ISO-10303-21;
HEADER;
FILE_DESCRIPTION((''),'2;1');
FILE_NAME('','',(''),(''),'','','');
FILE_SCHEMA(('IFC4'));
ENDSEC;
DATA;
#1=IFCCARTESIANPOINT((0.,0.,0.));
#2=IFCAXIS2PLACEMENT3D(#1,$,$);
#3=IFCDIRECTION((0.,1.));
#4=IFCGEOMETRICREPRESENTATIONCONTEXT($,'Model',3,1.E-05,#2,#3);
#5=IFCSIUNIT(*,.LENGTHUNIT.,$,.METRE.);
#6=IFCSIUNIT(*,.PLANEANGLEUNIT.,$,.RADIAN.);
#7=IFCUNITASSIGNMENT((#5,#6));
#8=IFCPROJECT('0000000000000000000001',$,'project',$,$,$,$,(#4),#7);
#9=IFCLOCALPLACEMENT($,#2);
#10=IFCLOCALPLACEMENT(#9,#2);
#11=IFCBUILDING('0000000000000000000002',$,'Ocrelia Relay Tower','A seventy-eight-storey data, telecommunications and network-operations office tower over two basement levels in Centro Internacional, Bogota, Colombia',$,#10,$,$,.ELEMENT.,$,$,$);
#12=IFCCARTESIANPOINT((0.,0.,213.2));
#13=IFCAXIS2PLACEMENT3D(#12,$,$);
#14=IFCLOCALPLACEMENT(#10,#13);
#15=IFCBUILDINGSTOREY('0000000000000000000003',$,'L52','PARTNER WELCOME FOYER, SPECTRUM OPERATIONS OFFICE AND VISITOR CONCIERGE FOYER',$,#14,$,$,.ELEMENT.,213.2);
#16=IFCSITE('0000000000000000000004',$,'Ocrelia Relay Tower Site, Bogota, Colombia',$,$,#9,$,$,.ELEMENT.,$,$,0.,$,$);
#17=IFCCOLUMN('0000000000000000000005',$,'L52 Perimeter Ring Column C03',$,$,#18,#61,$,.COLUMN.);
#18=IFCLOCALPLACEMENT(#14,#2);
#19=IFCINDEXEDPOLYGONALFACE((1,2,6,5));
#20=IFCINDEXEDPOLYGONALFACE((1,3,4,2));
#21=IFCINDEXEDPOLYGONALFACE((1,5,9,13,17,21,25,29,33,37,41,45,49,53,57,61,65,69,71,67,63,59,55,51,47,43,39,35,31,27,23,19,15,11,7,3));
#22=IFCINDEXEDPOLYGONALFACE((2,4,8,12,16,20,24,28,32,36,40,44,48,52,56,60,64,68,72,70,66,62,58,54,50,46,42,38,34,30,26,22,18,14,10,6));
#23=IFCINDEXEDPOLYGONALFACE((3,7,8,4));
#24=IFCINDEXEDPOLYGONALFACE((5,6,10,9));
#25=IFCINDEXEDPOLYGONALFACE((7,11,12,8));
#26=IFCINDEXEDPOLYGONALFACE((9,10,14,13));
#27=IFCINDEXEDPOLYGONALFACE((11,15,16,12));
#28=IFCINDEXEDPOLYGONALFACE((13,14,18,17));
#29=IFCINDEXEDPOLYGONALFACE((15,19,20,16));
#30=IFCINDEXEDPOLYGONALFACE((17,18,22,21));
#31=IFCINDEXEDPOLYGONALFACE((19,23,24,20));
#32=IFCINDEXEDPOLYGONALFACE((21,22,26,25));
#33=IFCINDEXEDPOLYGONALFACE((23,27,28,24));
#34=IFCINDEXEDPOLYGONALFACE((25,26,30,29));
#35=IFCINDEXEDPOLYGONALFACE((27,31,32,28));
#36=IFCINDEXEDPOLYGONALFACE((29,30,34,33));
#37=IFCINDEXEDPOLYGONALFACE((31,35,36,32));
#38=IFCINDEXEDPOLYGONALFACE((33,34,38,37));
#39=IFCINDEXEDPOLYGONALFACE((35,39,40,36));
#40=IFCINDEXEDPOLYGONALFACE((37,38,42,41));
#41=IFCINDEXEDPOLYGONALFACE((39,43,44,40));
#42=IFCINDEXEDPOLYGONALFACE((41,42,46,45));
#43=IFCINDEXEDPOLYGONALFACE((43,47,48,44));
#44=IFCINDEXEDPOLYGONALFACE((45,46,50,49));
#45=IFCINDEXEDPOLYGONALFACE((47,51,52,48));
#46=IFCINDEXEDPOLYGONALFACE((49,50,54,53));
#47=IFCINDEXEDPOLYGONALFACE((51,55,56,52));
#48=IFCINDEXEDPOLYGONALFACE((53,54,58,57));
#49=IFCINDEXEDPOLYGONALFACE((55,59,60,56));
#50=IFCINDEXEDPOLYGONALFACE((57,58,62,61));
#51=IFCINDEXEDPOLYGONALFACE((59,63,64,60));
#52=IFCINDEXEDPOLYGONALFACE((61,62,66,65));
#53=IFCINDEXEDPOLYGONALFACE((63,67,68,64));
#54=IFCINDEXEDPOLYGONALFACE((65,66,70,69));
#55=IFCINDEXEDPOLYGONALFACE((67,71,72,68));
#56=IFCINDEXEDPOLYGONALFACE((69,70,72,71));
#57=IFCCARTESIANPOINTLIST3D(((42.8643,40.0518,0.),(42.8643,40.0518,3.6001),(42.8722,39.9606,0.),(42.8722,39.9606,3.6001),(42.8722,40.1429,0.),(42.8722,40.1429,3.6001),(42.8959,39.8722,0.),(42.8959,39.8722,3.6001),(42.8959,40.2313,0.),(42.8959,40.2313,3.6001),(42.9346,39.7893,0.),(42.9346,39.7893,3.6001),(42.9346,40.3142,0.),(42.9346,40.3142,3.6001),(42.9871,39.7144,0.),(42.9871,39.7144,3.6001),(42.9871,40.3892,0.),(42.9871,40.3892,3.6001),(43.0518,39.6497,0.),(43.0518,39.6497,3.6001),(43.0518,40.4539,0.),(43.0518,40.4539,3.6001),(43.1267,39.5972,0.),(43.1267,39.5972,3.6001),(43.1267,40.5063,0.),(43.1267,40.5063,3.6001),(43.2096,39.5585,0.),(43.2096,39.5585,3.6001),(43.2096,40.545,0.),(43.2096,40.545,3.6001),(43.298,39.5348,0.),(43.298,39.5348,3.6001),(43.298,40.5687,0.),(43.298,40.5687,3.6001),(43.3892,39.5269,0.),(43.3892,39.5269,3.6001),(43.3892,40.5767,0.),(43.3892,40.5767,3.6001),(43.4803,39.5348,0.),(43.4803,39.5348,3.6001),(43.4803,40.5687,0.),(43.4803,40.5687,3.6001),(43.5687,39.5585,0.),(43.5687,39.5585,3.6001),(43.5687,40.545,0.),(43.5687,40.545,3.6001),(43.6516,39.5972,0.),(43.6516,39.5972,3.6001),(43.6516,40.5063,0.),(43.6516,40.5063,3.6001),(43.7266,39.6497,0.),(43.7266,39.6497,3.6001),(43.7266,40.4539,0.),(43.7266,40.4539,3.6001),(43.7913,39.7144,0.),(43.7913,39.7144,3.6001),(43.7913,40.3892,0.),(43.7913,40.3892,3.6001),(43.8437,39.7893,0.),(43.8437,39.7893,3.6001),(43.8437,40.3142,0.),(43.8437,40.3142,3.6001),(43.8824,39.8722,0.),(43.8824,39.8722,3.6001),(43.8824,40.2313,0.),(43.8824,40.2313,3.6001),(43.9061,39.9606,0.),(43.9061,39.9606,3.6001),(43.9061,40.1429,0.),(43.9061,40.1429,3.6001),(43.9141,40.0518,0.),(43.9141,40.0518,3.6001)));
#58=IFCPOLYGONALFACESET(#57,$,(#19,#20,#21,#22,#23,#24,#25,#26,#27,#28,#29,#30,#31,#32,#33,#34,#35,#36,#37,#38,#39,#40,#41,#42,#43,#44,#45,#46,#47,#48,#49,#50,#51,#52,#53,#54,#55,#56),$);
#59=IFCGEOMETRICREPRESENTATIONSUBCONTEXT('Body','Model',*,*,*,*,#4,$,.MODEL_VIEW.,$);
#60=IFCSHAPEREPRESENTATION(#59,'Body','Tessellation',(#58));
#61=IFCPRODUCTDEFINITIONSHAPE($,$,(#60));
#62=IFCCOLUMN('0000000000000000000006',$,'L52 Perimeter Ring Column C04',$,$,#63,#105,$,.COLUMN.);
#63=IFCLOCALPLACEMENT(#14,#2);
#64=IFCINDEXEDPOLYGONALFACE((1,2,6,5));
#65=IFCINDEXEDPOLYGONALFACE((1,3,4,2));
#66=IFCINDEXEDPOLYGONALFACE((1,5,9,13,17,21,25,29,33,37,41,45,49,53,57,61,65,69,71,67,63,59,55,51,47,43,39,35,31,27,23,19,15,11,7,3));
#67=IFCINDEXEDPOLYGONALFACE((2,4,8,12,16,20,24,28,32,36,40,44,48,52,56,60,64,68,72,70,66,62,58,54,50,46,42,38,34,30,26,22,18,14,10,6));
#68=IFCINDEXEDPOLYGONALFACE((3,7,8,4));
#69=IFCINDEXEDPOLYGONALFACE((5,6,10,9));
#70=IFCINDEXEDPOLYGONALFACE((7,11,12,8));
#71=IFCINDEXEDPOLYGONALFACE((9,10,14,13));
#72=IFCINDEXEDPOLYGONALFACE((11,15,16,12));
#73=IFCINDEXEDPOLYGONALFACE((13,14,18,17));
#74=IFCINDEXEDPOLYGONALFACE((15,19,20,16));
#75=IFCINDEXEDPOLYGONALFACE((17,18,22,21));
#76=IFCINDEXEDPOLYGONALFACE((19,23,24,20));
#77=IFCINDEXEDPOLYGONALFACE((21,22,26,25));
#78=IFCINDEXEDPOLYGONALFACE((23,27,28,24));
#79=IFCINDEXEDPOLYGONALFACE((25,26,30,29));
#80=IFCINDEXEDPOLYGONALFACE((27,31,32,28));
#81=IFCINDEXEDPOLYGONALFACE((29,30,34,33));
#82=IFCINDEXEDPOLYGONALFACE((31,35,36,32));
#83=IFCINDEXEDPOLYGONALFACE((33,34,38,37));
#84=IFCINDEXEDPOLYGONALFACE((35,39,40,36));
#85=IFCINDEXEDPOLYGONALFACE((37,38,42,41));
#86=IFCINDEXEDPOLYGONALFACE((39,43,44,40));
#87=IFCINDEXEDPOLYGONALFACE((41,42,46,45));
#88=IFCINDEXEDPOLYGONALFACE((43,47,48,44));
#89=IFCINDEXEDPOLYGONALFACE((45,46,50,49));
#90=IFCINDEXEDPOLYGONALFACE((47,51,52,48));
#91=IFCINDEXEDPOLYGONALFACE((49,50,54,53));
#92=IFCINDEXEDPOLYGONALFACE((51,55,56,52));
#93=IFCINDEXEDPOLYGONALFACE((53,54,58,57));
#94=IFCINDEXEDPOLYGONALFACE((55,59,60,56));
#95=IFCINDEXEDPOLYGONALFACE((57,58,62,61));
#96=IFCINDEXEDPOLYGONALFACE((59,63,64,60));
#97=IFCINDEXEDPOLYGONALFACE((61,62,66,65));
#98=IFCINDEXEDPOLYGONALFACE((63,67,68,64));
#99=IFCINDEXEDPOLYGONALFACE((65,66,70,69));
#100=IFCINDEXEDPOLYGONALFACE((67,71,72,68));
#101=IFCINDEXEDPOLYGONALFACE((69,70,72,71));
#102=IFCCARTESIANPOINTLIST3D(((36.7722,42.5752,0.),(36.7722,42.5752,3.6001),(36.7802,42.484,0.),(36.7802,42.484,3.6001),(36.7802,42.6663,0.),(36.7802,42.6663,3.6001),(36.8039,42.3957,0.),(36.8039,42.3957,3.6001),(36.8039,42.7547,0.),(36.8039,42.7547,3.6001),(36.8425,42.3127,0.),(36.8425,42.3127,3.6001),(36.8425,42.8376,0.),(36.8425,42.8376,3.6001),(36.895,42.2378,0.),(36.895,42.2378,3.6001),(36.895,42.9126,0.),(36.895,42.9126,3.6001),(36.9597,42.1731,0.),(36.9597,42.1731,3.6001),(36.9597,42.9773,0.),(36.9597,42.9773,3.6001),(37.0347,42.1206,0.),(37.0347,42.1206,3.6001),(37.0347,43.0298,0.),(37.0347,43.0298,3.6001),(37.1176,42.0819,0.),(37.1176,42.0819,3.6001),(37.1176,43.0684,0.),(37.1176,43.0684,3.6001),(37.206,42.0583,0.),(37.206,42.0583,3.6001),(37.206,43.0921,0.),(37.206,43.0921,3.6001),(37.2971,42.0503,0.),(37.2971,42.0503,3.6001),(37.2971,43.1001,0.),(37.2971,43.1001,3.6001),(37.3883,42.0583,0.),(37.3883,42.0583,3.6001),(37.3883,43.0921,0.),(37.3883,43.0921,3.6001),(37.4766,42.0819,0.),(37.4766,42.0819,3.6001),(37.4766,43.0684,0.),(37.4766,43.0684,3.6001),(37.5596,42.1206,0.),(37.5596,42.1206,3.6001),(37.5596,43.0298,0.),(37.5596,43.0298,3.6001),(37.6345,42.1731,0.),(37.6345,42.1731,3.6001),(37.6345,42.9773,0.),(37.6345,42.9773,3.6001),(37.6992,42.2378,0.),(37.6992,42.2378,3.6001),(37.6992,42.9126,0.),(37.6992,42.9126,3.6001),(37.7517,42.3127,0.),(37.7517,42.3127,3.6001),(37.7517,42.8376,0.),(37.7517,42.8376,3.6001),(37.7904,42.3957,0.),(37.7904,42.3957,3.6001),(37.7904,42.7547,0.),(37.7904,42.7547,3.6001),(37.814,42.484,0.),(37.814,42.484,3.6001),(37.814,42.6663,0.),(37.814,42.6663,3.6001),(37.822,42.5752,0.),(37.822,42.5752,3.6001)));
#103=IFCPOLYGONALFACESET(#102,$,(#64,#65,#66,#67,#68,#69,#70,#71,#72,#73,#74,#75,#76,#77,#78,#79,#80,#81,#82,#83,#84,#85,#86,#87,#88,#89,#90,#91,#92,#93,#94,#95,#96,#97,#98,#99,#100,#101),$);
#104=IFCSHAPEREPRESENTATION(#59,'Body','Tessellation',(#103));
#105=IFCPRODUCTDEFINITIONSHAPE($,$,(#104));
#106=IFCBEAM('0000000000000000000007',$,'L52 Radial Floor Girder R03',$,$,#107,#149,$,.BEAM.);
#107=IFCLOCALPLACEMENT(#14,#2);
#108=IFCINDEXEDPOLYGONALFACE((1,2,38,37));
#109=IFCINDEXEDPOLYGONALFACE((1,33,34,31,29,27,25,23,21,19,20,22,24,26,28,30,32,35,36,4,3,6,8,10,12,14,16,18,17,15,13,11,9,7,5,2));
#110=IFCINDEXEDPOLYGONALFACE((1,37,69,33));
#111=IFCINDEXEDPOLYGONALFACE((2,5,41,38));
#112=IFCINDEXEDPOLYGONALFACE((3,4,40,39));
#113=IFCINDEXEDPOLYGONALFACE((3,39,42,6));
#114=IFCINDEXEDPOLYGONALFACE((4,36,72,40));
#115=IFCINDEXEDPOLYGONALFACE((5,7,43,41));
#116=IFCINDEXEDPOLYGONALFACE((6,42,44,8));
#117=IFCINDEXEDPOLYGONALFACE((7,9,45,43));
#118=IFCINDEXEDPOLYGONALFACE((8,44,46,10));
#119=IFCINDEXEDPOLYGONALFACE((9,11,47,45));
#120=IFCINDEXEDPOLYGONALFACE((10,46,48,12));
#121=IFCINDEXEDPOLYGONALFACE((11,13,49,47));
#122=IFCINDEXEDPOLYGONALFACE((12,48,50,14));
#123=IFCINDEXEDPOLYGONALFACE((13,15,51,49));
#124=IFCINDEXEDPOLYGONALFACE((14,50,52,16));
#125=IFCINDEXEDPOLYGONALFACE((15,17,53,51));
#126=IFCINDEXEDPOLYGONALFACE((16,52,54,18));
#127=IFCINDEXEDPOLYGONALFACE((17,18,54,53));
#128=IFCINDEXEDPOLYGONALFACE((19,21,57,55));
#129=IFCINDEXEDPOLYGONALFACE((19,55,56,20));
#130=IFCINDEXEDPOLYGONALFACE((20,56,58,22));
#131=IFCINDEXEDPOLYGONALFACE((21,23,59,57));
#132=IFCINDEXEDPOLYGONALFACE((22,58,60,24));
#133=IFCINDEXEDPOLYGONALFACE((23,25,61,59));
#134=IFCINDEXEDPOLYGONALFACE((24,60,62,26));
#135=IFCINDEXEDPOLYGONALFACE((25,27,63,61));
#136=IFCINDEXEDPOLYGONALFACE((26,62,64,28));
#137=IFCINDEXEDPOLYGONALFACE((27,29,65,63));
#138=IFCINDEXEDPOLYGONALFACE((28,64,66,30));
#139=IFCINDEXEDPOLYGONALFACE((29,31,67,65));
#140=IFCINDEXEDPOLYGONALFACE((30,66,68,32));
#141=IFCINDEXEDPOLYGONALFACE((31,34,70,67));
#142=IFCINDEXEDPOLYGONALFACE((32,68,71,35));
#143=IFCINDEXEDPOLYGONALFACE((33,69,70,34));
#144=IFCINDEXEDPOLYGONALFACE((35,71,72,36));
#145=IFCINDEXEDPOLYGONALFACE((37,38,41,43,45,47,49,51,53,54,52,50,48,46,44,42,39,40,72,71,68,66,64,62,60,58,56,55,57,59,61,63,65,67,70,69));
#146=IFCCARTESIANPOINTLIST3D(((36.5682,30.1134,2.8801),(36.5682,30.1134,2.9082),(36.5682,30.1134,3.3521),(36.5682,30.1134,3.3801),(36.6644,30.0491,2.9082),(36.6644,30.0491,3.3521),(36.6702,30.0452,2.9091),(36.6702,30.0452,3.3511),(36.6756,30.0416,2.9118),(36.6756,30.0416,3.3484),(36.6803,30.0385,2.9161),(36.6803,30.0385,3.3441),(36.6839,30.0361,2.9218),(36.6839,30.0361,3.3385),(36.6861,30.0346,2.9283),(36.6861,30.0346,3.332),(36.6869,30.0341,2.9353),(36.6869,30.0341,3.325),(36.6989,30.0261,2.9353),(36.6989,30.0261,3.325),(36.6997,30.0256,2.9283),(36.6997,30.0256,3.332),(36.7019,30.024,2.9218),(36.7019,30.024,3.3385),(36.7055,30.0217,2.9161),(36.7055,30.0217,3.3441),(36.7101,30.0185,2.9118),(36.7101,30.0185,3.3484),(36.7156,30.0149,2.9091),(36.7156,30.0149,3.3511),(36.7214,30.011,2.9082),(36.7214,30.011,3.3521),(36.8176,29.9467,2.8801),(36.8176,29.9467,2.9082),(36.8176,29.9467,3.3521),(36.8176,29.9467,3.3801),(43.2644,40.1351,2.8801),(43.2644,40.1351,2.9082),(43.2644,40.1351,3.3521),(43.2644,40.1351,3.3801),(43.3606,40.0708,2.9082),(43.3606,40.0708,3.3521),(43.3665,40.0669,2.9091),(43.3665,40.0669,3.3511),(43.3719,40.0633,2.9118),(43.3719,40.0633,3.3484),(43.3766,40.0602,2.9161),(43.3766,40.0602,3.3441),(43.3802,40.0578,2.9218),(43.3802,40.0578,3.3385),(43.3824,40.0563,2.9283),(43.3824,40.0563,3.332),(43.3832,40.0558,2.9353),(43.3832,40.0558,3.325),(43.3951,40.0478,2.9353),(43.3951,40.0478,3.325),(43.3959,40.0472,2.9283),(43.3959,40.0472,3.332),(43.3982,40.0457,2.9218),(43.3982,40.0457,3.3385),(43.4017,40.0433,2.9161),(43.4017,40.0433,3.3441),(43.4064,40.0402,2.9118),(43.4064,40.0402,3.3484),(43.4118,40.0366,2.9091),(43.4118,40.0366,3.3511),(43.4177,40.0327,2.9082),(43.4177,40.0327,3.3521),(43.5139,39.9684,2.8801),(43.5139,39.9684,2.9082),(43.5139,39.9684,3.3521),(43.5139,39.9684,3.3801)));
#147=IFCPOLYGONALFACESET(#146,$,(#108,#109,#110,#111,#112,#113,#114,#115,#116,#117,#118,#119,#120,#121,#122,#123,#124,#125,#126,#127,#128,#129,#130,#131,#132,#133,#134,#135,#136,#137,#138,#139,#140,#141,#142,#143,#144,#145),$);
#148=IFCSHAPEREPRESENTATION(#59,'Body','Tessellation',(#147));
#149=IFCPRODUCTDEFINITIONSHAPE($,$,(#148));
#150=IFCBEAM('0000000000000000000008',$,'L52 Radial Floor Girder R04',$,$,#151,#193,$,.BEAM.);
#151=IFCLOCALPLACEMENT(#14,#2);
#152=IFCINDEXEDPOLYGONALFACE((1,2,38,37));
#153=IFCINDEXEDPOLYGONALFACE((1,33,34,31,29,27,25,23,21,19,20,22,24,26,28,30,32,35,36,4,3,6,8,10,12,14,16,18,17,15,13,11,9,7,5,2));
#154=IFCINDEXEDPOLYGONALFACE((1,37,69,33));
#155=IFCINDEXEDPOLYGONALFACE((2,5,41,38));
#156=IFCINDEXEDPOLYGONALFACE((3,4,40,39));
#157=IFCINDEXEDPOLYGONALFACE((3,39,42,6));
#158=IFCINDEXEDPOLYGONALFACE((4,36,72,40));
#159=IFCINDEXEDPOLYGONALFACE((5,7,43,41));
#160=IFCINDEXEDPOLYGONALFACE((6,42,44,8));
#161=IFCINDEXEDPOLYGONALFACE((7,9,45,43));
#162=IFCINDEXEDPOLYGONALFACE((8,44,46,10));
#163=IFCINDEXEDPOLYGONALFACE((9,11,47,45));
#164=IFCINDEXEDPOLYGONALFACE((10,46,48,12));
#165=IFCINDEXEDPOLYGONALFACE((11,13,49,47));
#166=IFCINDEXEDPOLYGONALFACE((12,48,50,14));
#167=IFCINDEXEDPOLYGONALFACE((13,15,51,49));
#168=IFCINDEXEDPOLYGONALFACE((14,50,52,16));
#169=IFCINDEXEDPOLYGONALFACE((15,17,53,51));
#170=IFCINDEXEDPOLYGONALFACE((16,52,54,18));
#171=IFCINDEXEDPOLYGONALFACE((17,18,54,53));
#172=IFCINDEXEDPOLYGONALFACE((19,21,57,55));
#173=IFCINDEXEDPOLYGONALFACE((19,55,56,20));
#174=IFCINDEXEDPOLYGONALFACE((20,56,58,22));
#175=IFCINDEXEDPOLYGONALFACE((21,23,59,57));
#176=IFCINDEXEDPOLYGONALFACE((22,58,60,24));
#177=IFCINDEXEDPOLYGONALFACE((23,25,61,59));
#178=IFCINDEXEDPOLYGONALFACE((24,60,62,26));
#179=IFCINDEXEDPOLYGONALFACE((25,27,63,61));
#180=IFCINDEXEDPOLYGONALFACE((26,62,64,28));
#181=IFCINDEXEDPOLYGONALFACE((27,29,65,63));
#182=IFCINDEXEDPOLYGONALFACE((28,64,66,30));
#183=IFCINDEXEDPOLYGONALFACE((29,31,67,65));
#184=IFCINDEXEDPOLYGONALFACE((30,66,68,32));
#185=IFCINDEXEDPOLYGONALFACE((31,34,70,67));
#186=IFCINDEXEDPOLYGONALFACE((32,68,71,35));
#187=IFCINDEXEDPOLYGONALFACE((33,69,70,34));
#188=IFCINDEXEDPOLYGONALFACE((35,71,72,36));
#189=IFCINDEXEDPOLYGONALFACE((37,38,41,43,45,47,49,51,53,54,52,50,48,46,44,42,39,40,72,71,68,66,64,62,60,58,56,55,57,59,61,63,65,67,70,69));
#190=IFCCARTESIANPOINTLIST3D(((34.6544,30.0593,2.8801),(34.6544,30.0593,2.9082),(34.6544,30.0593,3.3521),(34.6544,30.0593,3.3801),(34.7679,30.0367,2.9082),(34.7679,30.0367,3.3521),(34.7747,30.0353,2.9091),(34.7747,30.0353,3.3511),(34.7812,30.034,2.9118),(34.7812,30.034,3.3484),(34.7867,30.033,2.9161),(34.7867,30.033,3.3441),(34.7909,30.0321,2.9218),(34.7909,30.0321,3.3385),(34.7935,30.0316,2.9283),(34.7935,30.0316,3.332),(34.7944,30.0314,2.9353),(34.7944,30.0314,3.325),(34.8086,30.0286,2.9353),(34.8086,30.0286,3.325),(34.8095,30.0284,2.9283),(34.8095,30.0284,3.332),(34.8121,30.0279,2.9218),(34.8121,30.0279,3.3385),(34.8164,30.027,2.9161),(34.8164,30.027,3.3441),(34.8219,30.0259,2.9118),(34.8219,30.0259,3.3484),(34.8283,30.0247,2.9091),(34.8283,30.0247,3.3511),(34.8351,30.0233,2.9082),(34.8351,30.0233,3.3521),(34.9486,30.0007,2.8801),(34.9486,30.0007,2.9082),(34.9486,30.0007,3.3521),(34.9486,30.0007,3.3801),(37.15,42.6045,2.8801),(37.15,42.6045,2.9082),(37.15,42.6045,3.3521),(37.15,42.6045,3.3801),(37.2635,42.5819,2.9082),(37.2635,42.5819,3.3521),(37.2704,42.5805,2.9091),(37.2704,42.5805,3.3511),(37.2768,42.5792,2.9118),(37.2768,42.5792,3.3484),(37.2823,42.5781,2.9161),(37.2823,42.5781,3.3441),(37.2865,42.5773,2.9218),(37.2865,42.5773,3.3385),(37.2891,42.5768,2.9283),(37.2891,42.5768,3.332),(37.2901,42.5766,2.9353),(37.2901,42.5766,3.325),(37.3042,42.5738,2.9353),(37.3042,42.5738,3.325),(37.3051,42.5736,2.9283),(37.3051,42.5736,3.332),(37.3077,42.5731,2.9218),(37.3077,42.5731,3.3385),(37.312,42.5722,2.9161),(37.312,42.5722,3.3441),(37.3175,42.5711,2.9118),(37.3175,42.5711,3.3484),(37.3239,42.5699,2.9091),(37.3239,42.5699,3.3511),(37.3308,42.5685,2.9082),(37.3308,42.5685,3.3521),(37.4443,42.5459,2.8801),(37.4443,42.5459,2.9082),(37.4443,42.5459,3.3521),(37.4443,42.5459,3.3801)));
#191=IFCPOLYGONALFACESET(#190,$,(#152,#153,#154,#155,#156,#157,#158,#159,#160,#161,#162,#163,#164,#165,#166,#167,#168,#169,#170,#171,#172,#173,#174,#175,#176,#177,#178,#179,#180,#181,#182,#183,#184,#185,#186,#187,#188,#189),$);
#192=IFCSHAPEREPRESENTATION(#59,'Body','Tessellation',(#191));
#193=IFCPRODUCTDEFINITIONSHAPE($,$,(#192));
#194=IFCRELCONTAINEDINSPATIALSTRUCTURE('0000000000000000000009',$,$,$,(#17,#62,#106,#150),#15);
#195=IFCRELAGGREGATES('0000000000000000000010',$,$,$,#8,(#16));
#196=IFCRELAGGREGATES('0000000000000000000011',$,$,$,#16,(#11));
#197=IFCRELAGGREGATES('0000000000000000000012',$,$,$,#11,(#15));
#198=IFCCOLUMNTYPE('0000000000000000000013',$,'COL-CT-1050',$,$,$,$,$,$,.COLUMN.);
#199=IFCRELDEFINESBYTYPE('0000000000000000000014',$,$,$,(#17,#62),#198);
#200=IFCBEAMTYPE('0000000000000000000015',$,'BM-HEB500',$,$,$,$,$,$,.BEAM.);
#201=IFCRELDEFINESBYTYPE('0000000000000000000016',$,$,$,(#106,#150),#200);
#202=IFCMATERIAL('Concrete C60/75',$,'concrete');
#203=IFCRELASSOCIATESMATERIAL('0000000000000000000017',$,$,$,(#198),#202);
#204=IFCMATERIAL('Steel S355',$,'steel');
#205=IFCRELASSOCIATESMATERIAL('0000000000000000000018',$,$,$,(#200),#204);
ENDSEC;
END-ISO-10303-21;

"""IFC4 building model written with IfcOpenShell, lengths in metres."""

from ifc_helpers import new_model, si_unit, direction, frame, origin, origin_2d, place, context, subcontext, project, spatial, circle, i_section, extrude, material, material_profile, profile_set, type_object, element, save


model = new_model("IFC4")

# Units and contexts
model_context = context("Model", 3, precision=1e-05, world=origin(), true_north=direction((0.0, 1.0)))
body_context = subcontext(model_context, "Body", "Model", "MODEL_VIEW")
ifc_project = project(units=[si_unit("LENGTHUNIT", "METRE"), si_unit("PLANEANGLEUNIT", "RADIAN")], contexts=[model_context])

# Site, building, storey
site_placement = place(None, origin())
site = spatial("IfcSite", under=ifc_project, at=site_placement, Name="Ocrelia Relay Tower Site, Bogota, Colombia", CompositionType="ELEMENT", RefElevation=0.0)
building_placement = place(site_placement, origin())
building = spatial("IfcBuilding", under=site, at=building_placement, Name="Ocrelia Relay Tower", Description="A seventy-eight-storey data, telecommunications and network-operations office tower over two basement levels in Centro Internacional, Bogota, Colombia", CompositionType="ELEMENT")
storey_placement = place(building_placement, frame((0.0, 0.0, 213.2)))
storey = spatial("IfcBuildingStorey", under=building, at=storey_placement, Name="L52", Description="PARTNER WELCOME FOYER, SPECTRUM OPERATIONS OFFICE AND VISITOR CONCIERGE FOYER", CompositionType="ELEMENT", Elevation=213.2)

# Columns
ifc_material_1 = material(Name="Concrete C60/75", Category="concrete")
ifc_material_profile_1 = material_profile(ifc_material_1, circle(Radius=0.5249, at=origin_2d()), Name="RC-CIR-1050")
ifc_profile_set_1 = profile_set([ifc_material_profile_1], Name="Concrete C60/75")
column_type = type_object("IfcColumnType", Name="COL-CT-1050", PredefinedType="COLUMN", material=ifc_profile_set_1)
for number, where, z_axis, x_axis, name in (
    (1, (43.3892, 40.0518, 0.0), (0.0, 0.0, 1.0), (1.0, 0.0, 0.0), "L52 Perimeter Ring Column C03"),
    (2, (37.2971, 42.5752, 0.0), (0.0, 0.0, 1.0), (1.0, 0.0, 0.0), "L52 Perimeter Ring Column C04"),
):
    element("IfcColumn", number, at=place(storey_placement, frame(where, z_axis=z_axis, x_axis=x_axis)), inside=storey, type_object=column_type, Name=name, PredefinedType="COLUMN", context=body_context, shape_type="SweptSolid", body=[
        extrude(circle(Radius=0.5249, at=origin_2d()), origin(), (0.0, 0.0, 1.0), 3.6001),
    ])

# Beams
ifc_material_2 = material(Name="Steel S355", Category="steel")
ifc_material_profile_2 = material_profile(ifc_material_2, i_section(OverallWidth=0.3, OverallDepth=0.5, WebThickness=0.0144, FlangeThickness=0.0281, FilletRadius=0.0271, at=origin_2d()), Name="HEB 500")
ifc_profile_set_2 = profile_set([ifc_material_profile_2], Name="Steel S355")
beam_type_1 = type_object("IfcBeamType", Name="BM-HEB500", PredefinedType="BEAM", material=ifc_profile_set_2)
beam_1_placement = place(storey_placement, frame((43.3892, 40.0518, 3.1301), z_axis=(-0.555569, -0.83147, 0.0), x_axis=(0.83147, -0.555569, 0.0)))
element("IfcBeam", 3, at=beam_1_placement, inside=storey, type_object=beam_type_1, Name="L52 Radial Floor Girder R03", PredefinedType="BEAM", context=body_context, shape_type="SweptSolid", body=[
    extrude(i_section(OverallWidth=0.3, OverallDepth=0.5, WebThickness=0.0144, FlangeThickness=0.0281, FilletRadius=0.0271, at=origin_2d()), origin(), (0.0, 0.0, 1.0), 12.053),
])
beam_2_placement = place(storey_placement, frame((37.2971, 42.5752, 3.1301), z_axis=(-0.195107, -0.980782, 0.0), x_axis=(0.980782, -0.195107, 0.0)))
element("IfcBeam", 4, at=beam_2_placement, inside=storey, type_object=beam_type_1, Name="L52 Radial Floor Girder R04", PredefinedType="BEAM", context=body_context, shape_type="SweptSolid", body=[
    extrude(i_section(OverallWidth=0.3, OverallDepth=0.5, WebThickness=0.0144, FlangeThickness=0.0281, FilletRadius=0.0271, at=origin_2d()), origin(), (0.0, 0.0, 1.0), 12.791),
])

save(model, "model.ifc")
